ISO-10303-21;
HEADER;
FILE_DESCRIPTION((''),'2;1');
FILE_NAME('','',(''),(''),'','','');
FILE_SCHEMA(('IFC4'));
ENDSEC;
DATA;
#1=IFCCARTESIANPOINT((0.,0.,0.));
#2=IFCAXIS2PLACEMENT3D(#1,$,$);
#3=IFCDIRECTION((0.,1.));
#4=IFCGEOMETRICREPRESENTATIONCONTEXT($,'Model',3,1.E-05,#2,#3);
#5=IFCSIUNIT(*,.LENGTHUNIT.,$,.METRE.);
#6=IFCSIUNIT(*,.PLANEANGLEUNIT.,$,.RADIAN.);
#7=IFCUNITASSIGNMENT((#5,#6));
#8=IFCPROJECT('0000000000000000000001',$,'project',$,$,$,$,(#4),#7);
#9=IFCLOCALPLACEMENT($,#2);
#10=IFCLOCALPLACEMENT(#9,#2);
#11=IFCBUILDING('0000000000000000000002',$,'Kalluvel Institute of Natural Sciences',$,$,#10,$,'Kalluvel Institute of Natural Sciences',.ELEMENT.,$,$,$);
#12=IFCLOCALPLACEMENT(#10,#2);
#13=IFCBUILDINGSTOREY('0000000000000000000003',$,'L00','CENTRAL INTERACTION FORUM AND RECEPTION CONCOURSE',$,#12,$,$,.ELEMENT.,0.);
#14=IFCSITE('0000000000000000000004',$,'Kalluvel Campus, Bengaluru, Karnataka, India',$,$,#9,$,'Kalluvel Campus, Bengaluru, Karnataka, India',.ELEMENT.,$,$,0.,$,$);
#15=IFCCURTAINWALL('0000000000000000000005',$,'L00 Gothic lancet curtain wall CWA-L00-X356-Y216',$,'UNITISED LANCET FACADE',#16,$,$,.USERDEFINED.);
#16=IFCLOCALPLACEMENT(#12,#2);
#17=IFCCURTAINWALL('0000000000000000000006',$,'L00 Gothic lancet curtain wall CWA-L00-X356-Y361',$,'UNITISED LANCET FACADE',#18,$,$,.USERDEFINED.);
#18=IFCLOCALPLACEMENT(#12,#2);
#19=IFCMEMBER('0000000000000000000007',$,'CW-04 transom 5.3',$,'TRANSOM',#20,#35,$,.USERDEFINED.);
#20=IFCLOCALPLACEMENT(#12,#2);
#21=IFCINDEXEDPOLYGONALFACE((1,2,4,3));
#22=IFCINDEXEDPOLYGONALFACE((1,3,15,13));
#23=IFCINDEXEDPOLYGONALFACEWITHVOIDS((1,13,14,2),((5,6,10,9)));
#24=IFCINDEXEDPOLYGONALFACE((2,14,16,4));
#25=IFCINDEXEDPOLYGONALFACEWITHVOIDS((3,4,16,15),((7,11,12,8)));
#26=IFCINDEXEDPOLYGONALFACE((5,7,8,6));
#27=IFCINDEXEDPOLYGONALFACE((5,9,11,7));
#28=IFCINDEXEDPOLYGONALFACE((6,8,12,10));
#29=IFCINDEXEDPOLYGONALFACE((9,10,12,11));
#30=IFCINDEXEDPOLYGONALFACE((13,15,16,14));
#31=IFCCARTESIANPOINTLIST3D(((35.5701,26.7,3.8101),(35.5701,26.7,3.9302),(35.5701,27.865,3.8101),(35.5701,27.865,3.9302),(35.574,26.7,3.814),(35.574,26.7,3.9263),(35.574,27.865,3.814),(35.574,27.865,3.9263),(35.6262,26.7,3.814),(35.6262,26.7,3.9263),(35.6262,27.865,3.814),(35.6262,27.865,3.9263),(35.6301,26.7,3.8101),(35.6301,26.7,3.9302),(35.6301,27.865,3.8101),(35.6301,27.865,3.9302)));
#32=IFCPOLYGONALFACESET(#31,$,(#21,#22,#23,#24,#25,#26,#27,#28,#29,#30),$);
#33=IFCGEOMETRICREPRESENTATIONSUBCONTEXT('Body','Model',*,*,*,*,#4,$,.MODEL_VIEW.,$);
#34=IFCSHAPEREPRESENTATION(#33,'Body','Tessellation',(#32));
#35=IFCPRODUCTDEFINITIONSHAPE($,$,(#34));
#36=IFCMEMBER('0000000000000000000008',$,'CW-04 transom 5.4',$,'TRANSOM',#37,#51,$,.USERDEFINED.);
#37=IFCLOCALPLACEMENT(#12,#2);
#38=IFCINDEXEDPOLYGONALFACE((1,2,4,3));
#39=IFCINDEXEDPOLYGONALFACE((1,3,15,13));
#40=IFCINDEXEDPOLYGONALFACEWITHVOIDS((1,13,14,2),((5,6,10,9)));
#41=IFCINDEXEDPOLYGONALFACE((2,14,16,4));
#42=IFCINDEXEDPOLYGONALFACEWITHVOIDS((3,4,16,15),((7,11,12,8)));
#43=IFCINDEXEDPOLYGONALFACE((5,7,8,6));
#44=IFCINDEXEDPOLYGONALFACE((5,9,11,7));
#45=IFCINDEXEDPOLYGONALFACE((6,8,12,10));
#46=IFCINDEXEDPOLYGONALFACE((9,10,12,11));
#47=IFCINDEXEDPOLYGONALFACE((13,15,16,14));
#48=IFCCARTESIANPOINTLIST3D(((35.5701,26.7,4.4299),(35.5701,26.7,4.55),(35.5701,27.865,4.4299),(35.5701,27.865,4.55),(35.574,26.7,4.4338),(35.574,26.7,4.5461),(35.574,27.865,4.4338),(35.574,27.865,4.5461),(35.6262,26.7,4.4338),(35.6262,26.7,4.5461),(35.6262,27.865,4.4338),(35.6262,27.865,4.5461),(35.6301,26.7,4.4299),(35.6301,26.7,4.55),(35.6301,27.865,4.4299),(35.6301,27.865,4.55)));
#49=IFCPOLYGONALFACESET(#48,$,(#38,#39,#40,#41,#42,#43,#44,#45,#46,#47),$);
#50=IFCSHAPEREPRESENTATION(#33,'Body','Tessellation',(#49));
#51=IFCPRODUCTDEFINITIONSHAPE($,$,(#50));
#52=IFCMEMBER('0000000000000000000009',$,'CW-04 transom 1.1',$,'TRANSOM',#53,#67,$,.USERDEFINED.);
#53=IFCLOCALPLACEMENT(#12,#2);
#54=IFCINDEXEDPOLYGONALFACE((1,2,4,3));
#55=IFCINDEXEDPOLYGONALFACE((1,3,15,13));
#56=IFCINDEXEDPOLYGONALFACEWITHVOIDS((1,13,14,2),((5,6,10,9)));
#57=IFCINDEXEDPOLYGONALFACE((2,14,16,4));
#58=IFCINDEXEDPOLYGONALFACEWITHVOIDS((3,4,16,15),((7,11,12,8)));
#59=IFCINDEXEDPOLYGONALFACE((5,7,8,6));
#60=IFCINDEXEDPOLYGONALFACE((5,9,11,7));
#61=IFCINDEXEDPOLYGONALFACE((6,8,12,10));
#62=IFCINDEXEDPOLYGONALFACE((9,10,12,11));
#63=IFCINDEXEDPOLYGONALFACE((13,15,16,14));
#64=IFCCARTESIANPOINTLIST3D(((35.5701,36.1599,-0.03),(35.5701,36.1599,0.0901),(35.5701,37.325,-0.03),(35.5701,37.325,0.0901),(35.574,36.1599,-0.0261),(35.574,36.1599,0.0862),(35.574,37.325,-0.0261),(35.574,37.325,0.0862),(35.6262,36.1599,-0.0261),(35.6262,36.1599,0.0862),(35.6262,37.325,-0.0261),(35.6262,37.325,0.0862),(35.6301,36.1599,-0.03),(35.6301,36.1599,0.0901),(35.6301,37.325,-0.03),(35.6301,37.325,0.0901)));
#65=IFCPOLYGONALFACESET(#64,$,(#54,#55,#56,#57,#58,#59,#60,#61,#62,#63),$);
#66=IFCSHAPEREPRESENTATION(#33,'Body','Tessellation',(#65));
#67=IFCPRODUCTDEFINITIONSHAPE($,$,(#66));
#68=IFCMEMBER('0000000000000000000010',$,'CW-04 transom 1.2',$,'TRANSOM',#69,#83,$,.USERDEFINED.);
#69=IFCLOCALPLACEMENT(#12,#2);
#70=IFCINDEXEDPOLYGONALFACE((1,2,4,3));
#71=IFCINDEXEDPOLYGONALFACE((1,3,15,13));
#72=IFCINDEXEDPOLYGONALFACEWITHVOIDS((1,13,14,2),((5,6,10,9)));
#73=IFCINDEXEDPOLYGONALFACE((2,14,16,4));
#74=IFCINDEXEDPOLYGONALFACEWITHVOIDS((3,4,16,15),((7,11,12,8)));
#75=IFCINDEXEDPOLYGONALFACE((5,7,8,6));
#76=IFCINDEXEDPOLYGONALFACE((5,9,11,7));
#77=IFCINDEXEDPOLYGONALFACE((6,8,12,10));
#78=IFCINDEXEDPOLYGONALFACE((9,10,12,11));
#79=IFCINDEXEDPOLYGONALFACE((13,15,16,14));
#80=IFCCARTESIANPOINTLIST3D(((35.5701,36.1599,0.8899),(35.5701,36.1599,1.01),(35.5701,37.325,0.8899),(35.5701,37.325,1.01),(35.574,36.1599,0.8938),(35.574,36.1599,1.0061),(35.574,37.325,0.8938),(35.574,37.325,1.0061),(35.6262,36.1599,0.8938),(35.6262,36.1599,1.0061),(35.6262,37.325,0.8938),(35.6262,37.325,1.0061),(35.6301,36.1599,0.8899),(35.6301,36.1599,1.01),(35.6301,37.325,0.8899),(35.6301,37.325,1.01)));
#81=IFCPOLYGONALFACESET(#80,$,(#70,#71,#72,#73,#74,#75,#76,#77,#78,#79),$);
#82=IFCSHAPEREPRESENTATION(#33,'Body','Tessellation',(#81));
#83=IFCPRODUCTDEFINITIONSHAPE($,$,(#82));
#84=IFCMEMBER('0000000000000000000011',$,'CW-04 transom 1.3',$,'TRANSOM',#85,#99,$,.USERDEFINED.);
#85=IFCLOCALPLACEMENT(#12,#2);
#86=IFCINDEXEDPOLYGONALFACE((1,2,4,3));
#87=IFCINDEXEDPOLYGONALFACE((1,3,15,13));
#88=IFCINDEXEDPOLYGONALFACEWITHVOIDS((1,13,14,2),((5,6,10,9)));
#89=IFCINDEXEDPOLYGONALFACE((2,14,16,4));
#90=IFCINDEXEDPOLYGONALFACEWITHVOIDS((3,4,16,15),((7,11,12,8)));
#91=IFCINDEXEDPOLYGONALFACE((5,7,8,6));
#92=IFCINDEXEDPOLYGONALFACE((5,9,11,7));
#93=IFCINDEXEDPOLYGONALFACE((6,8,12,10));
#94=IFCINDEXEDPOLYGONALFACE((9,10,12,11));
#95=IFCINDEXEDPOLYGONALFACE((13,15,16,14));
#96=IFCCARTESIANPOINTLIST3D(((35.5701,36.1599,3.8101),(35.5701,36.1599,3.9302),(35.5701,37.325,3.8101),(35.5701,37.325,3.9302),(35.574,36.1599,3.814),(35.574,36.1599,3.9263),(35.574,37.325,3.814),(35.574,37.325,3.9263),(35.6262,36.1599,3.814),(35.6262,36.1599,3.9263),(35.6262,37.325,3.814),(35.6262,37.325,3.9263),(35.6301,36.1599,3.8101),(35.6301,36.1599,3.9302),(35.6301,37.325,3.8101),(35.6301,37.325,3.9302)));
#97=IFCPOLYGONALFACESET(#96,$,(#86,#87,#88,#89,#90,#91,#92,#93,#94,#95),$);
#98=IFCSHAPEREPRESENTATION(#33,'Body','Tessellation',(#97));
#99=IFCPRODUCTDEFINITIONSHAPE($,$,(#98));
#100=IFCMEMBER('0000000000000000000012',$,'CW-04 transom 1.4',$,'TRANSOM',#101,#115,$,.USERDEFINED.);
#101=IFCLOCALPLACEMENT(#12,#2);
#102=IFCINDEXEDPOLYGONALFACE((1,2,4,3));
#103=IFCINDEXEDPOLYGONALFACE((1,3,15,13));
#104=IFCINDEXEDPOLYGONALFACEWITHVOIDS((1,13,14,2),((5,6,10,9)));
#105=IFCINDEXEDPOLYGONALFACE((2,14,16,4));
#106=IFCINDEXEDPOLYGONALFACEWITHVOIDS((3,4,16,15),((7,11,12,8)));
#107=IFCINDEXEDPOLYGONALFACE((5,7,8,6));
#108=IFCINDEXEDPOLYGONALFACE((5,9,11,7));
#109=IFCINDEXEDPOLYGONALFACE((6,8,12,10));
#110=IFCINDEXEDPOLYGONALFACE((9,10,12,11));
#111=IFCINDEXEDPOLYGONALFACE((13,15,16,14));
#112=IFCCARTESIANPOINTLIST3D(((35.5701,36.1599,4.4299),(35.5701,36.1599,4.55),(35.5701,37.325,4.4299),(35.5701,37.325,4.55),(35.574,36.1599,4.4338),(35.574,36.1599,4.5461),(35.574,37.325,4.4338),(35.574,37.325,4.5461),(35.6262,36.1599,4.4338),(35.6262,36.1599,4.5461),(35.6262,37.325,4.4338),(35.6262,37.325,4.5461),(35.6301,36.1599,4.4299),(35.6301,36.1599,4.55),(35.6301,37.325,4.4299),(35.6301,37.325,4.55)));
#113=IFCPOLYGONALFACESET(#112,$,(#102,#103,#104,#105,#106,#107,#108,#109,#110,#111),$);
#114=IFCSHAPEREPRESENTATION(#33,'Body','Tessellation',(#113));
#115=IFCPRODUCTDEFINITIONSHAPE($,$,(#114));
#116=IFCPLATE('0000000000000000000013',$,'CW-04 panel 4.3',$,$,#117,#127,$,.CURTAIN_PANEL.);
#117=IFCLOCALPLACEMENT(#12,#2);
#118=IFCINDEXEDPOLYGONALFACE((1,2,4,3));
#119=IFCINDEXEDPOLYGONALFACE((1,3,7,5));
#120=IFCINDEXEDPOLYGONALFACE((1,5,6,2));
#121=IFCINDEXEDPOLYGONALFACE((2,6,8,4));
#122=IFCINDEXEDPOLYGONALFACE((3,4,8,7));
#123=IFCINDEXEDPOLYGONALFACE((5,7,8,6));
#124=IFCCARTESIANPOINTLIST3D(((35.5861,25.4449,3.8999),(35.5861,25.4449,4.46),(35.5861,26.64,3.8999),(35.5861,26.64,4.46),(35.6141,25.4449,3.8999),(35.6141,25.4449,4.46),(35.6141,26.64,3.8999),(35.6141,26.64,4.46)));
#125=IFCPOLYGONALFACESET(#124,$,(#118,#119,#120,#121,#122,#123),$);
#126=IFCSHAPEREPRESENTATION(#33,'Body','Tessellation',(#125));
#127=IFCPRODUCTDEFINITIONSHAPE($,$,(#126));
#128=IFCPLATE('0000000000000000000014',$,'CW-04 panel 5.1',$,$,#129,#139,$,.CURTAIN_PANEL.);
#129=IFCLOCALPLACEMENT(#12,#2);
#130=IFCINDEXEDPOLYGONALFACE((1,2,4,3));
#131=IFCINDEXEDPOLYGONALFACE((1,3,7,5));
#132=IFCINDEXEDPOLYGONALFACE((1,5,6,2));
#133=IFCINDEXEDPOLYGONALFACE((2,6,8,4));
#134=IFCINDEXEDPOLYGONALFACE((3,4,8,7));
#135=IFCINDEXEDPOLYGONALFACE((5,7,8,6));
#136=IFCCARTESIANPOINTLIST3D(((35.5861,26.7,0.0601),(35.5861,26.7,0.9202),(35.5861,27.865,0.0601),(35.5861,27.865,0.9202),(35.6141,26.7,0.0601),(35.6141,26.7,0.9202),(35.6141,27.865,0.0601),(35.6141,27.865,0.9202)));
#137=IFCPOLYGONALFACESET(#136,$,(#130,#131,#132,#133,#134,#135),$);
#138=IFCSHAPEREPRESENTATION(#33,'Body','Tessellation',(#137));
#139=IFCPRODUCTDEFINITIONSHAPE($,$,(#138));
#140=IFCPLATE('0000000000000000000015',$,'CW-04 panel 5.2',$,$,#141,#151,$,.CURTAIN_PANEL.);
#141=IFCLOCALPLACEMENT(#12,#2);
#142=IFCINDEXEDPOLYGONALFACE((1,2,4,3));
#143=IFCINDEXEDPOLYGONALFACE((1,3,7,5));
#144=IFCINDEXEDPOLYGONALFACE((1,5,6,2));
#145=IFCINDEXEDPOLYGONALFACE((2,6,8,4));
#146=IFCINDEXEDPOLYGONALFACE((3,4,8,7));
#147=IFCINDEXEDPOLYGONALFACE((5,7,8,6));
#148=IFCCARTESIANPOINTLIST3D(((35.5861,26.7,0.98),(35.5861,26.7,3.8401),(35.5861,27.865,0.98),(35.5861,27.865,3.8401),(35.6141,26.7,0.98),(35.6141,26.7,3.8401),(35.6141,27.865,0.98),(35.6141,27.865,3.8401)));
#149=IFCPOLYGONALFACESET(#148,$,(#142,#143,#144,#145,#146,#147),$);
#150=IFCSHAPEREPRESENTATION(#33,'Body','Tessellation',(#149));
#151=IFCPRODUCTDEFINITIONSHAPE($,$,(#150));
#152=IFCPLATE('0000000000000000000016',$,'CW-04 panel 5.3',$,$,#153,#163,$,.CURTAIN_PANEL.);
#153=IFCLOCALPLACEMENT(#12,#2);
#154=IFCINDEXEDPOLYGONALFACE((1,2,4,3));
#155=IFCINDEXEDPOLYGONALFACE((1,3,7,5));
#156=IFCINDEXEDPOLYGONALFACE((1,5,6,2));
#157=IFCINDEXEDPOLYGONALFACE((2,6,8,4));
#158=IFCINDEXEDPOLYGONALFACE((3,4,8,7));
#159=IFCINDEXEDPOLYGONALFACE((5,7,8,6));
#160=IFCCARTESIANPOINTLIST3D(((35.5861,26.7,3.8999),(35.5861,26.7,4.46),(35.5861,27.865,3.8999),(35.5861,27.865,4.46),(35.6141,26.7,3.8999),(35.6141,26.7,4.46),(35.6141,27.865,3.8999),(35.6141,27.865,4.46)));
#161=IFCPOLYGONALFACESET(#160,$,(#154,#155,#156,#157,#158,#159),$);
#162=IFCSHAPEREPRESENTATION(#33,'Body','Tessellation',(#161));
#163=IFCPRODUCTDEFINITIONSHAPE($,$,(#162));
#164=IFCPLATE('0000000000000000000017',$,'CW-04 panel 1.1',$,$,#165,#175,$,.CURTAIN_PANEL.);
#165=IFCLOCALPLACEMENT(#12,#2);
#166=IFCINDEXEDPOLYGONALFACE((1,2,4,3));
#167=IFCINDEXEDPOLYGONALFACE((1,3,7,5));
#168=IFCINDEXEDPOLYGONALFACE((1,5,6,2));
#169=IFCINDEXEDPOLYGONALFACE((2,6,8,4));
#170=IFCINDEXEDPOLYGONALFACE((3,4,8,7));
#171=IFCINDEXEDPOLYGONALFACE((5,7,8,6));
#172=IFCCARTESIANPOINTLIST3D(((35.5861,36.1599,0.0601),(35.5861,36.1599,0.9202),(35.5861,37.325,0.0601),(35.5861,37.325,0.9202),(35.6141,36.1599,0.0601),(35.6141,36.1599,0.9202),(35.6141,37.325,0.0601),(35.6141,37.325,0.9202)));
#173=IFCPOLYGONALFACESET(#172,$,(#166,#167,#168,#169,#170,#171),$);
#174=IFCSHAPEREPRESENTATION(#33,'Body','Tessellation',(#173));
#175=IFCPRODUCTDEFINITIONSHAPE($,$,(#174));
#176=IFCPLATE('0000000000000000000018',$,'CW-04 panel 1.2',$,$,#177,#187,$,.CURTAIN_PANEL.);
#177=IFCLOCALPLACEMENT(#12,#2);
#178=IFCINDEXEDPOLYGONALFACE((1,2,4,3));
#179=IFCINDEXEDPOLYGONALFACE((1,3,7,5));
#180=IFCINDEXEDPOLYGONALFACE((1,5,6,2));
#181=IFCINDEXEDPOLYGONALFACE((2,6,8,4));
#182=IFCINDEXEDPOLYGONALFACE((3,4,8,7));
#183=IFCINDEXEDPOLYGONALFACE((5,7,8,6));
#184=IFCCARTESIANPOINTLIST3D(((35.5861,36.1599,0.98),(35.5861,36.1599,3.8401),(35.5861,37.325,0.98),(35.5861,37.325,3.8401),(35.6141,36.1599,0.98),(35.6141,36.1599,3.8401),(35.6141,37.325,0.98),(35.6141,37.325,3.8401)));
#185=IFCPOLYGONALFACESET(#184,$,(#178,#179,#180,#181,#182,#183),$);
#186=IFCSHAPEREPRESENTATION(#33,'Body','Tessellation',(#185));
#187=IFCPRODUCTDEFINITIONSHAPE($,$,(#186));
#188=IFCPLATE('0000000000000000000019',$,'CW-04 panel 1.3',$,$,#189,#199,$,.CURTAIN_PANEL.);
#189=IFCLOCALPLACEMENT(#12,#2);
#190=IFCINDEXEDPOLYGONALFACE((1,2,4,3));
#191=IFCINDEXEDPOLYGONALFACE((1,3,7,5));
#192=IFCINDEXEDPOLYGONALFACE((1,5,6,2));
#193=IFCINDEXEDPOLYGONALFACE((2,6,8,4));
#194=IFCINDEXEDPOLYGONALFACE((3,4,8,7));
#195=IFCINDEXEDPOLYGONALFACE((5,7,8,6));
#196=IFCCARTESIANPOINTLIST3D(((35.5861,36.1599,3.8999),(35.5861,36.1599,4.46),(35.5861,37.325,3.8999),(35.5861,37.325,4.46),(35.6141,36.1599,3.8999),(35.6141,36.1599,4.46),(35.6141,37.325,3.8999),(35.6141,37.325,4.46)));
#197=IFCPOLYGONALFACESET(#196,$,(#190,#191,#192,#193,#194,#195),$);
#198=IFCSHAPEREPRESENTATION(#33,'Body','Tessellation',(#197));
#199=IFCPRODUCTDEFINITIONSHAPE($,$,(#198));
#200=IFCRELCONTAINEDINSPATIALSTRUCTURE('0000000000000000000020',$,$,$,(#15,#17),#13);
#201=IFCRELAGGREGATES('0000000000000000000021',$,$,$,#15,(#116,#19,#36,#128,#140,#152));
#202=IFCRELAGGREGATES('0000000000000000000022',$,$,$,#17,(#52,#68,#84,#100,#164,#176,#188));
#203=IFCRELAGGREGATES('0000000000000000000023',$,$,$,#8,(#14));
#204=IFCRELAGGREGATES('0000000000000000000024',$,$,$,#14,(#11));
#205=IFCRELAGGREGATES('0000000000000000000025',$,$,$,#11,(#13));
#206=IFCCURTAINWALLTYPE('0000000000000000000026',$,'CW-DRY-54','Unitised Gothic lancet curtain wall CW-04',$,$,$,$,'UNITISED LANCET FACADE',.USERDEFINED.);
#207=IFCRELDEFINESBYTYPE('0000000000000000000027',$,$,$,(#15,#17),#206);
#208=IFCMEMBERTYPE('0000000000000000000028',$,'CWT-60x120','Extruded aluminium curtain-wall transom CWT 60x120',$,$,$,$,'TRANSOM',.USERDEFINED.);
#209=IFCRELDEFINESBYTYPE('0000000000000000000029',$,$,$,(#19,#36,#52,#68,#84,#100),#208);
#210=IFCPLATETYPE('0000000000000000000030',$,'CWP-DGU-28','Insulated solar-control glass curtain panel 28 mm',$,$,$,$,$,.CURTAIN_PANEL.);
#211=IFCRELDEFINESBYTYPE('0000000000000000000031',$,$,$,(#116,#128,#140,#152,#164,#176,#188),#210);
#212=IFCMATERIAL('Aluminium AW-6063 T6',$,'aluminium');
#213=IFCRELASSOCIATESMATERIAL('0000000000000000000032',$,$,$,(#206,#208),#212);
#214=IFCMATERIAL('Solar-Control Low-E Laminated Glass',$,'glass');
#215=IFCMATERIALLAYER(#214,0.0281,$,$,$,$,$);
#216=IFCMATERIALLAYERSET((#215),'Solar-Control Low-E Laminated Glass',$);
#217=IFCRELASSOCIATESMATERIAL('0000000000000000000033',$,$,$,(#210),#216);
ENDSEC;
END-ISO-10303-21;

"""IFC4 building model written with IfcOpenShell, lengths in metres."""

from ifc_helpers import new_model, si_unit, direction, frame, origin, origin_2d, place, context, subcontext, project, spatial, rectangle, hollow_rectangle, extrude, material, layer, layer_set, material_profile, profile_set, type_object, element, aggregate, save


model = new_model("IFC4")

# Units and contexts
model_context = context("Model", 3, precision=1e-05, world=origin(), true_north=direction((0.0, 1.0)))
body_context = subcontext(model_context, "Body", "Model", "MODEL_VIEW")
ifc_project = project(units=[si_unit("LENGTHUNIT", "METRE"), si_unit("PLANEANGLEUNIT", "RADIAN")], contexts=[model_context])

# Site, building, storey
site_placement = place(None, origin())
site = spatial("IfcSite", under=ifc_project, at=site_placement, Name="Kalluvel Campus, Bengaluru, Karnataka, India", LongName="Kalluvel Campus, Bengaluru, Karnataka, India", CompositionType="ELEMENT", RefElevation=0.0)
building_placement = place(site_placement, origin())
building = spatial("IfcBuilding", under=site, at=building_placement, Name="Kalluvel Institute of Natural Sciences", LongName="Kalluvel Institute of Natural Sciences", CompositionType="ELEMENT")
storey_placement = place(building_placement, origin())
storey = spatial("IfcBuildingStorey", under=building, at=storey_placement, Name="L00", Description="CENTRAL INTERACTION FORUM AND RECEPTION CONCOURSE", CompositionType="ELEMENT", Elevation=0.0)

# Curtain wall
ifc_material_1 = material(Name="Aluminium AW-6063 T6", Category="aluminium")
curtain_wall_type = type_object("IfcCurtainWallType", Name="CW-DRY-54", Description="Unitised Gothic lancet curtain wall CW-04", ElementType="UNITISED LANCET FACADE", PredefinedType="USERDEFINED", material=ifc_material_1)
curtain_wall_1_placement = place(storey_placement, origin())
curtain_wall_1 = element("IfcCurtainWall", 1, at=curtain_wall_1_placement, inside=storey, type_object=curtain_wall_type, Name="L00 Gothic lancet curtain wall CWA-L00-X356-Y216", ObjectType="UNITISED LANCET FACADE", PredefinedType="USERDEFINED")

# Curtain wall
curtain_wall_2_placement = place(storey_placement, origin())
curtain_wall_2 = element("IfcCurtainWall", 2, at=curtain_wall_2_placement, inside=storey, type_object=curtain_wall_type, Name="L00 Gothic lancet curtain wall CWA-L00-X356-Y361", ObjectType="UNITISED LANCET FACADE", PredefinedType="USERDEFINED")

# Members
ifc_material_profile_1 = material_profile(ifc_material_1, hollow_rectangle(XDim=0.0601, YDim=0.1201, WallThickness=0.0039, at=origin_2d()), Name="CWT 60x120")
ifc_profile_set_1 = profile_set([ifc_material_profile_1], Name="Aluminium AW-6063 T6")
member_type_1 = type_object("IfcMemberType", Name="CWT-60x120", Description="Extruded aluminium curtain-wall transom CWT 60x120", ElementType="TRANSOM", PredefinedType="USERDEFINED", material=ifc_profile_set_1)
member_1_placement = place(storey_placement, frame((35.6001, 26.7, 3.8701), z_axis=(0.0, 1.0, 0.0), x_axis=(-1.0, 0.0, 0.0)))
member_1 = element("IfcMember", 3, at=member_1_placement, type_object=member_type_1, Name="CW-04 transom 5.3", ObjectType="TRANSOM", PredefinedType="USERDEFINED", context=body_context, shape_type="SweptSolid", body=[
    extrude(hollow_rectangle(XDim=0.0601, YDim=0.1201, WallThickness=0.0039, at=origin_2d()), origin(), (0.0, 0.0, 1.0), 1.165),
])
member_2_placement = place(storey_placement, frame((35.6001, 26.7, 4.49), z_axis=(0.0, 1.0, 0.0), x_axis=(-1.0, 0.0, 0.0)))
member_2 = element("IfcMember", 4, at=member_2_placement, type_object=member_type_1, Name="CW-04 transom 5.4", ObjectType="TRANSOM", PredefinedType="USERDEFINED", context=body_context, shape_type="SweptSolid", body=[
    extrude(hollow_rectangle(XDim=0.0601, YDim=0.1201, WallThickness=0.0039, at=origin_2d()), origin(), (0.0, 0.0, 1.0), 1.165),
])
member_3_placement = place(storey_placement, frame((35.6001, 36.1599, 0.03), z_axis=(0.0, 1.0, 0.0), x_axis=(-1.0, 0.0, 0.0)))
member_3 = element("IfcMember", 5, at=member_3_placement, type_object=member_type_1, Name="CW-04 transom 1.1", ObjectType="TRANSOM", PredefinedType="USERDEFINED", context=body_context, shape_type="SweptSolid", body=[
    extrude(hollow_rectangle(XDim=0.0601, YDim=0.1201, WallThickness=0.0039, at=origin_2d()), origin(), (0.0, 0.0, 1.0), 1.165),
])
member_4_placement = place(storey_placement, frame((35.6001, 36.1599, 0.95), z_axis=(0.0, 1.0, 0.0), x_axis=(-1.0, 0.0, 0.0)))
member_4 = element("IfcMember", 6, at=member_4_placement, type_object=member_type_1, Name="CW-04 transom 1.2", ObjectType="TRANSOM", PredefinedType="USERDEFINED", context=body_context, shape_type="SweptSolid", body=[
    extrude(hollow_rectangle(XDim=0.0601, YDim=0.1201, WallThickness=0.0039, at=origin_2d()), origin(), (0.0, 0.0, 1.0), 1.165),
])
member_5_placement = place(storey_placement, frame((35.6001, 36.1599, 3.8701), z_axis=(0.0, 1.0, 0.0), x_axis=(-1.0, 0.0, 0.0)))
member_5 = element("IfcMember", 7, at=member_5_placement, type_object=member_type_1, Name="CW-04 transom 1.3", ObjectType="TRANSOM", PredefinedType="USERDEFINED", context=body_context, shape_type="SweptSolid", body=[
    extrude(hollow_rectangle(XDim=0.0601, YDim=0.1201, WallThickness=0.0039, at=origin_2d()), origin(), (0.0, 0.0, 1.0), 1.165),
])
member_6_placement = place(storey_placement, frame((35.6001, 36.1599, 4.49), z_axis=(0.0, 1.0, 0.0), x_axis=(-1.0, 0.0, 0.0)))
member_6 = element("IfcMember", 8, at=member_6_placement, type_object=member_type_1, Name="CW-04 transom 1.4", ObjectType="TRANSOM", PredefinedType="USERDEFINED", context=body_context, shape_type="SweptSolid", body=[
    extrude(hollow_rectangle(XDim=0.0601, YDim=0.1201, WallThickness=0.0039, at=origin_2d()), origin(), (0.0, 0.0, 1.0), 1.165),
])

# Plates
ifc_material_2 = material(Name="Solar-Control Low-E Laminated Glass", Category="glass")
ifc_layer_1 = layer(ifc_material_2, 0.0281)
ifc_layer_set_1 = layer_set([ifc_layer_1], Name="Solar-Control Low-E Laminated Glass")
plate_type = type_object("IfcPlateType", Name="CWP-DGU-28", Description="Insulated solar-control glass curtain panel 28 mm", PredefinedType="CURTAIN_PANEL", material=ifc_layer_set_1)
plate_1_placement = place(storey_placement, frame((35.6001, 26.0425, 3.8999), z_axis=(0.0, 0.0, 1.0), x_axis=(0.0, 1.0, 0.0)))
plate_1 = element("IfcPlate", 9, at=plate_1_placement, type_object=plate_type, Name="CW-04 panel 4.3", PredefinedType="CURTAIN_PANEL", context=body_context, shape_type="SweptSolid", body=[
    extrude(rectangle(XDim=1.1951, YDim=0.0281, at=origin_2d()), origin(), (0.0, 0.0, 1.0), 0.5601),
])
plate_2_placement = place(storey_placement, frame((35.6001, 27.2825, 0.0601), z_axis=(0.0, 0.0, 1.0), x_axis=(0.0, 1.0, 0.0)))
plate_2 = element("IfcPlate", 10, at=plate_2_placement, type_object=plate_type, Name="CW-04 panel 5.1", PredefinedType="CURTAIN_PANEL", context=body_context, shape_type="SweptSolid", body=[
    extrude(rectangle(XDim=1.165, YDim=0.0281, at=origin_2d()), origin(), (0.0, 0.0, 1.0), 0.8601),
])
plate_3_placement = place(storey_placement, frame((35.6001, 27.2825, 0.98), z_axis=(0.0, 0.0, 1.0), x_axis=(0.0, 1.0, 0.0)))
plate_3 = element("IfcPlate", 11, at=plate_3_placement, type_object=plate_type, Name="CW-04 panel 5.2", PredefinedType="CURTAIN_PANEL", context=body_context, shape_type="SweptSolid", body=[
    extrude(rectangle(XDim=1.165, YDim=0.0281, at=origin_2d()), origin(), (0.0, 0.0, 1.0), 2.8601),
])
plate_4_placement = place(storey_placement, frame((35.6001, 27.2825, 3.8999), z_axis=(0.0, 0.0, 1.0), x_axis=(0.0, 1.0, 0.0)))
plate_4 = element("IfcPlate", 12, at=plate_4_placement, type_object=plate_type, Name="CW-04 panel 5.3", PredefinedType="CURTAIN_PANEL", context=body_context, shape_type="SweptSolid", body=[
    extrude(rectangle(XDim=1.165, YDim=0.0281, at=origin_2d()), origin(), (0.0, 0.0, 1.0), 0.5601),
])
aggregate(curtain_wall_1, [plate_1, member_1, member_2, plate_2, plate_3, plate_4])
plate_5_placement = place(storey_placement, frame((35.6001, 36.7424, 0.0601), z_axis=(0.0, 0.0, 1.0), x_axis=(0.0, 1.0, 0.0)))
plate_5 = element("IfcPlate", 13, at=plate_5_placement, type_object=plate_type, Name="CW-04 panel 1.1", PredefinedType="CURTAIN_PANEL", context=body_context, shape_type="SweptSolid", body=[
    extrude(rectangle(XDim=1.165, YDim=0.0281, at=origin_2d()), origin(), (0.0, 0.0, 1.0), 0.8601),
])
plate_6_placement = place(storey_placement, frame((35.6001, 36.7424, 0.98), z_axis=(0.0, 0.0, 1.0), x_axis=(0.0, 1.0, 0.0)))
plate_6 = element("IfcPlate", 14, at=plate_6_placement, type_object=plate_type, Name="CW-04 panel 1.2", PredefinedType="CURTAIN_PANEL", context=body_context, shape_type="SweptSolid", body=[
    extrude(rectangle(XDim=1.165, YDim=0.0281, at=origin_2d()), origin(), (0.0, 0.0, 1.0), 2.8601),
])
plate_7_placement = place(storey_placement, frame((35.6001, 36.7424, 3.8999), z_axis=(0.0, 0.0, 1.0), x_axis=(0.0, 1.0, 0.0)))
plate_7 = element("IfcPlate", 15, at=plate_7_placement, type_object=plate_type, Name="CW-04 panel 1.3", PredefinedType="CURTAIN_PANEL", context=body_context, shape_type="SweptSolid", body=[
    extrude(rectangle(XDim=1.165, YDim=0.0281, at=origin_2d()), origin(), (0.0, 0.0, 1.0), 0.5601),
])
aggregate(curtain_wall_2, [member_3, member_4, member_5, member_6, plate_5, plate_6, plate_7])

save(model, "model.ifc")
